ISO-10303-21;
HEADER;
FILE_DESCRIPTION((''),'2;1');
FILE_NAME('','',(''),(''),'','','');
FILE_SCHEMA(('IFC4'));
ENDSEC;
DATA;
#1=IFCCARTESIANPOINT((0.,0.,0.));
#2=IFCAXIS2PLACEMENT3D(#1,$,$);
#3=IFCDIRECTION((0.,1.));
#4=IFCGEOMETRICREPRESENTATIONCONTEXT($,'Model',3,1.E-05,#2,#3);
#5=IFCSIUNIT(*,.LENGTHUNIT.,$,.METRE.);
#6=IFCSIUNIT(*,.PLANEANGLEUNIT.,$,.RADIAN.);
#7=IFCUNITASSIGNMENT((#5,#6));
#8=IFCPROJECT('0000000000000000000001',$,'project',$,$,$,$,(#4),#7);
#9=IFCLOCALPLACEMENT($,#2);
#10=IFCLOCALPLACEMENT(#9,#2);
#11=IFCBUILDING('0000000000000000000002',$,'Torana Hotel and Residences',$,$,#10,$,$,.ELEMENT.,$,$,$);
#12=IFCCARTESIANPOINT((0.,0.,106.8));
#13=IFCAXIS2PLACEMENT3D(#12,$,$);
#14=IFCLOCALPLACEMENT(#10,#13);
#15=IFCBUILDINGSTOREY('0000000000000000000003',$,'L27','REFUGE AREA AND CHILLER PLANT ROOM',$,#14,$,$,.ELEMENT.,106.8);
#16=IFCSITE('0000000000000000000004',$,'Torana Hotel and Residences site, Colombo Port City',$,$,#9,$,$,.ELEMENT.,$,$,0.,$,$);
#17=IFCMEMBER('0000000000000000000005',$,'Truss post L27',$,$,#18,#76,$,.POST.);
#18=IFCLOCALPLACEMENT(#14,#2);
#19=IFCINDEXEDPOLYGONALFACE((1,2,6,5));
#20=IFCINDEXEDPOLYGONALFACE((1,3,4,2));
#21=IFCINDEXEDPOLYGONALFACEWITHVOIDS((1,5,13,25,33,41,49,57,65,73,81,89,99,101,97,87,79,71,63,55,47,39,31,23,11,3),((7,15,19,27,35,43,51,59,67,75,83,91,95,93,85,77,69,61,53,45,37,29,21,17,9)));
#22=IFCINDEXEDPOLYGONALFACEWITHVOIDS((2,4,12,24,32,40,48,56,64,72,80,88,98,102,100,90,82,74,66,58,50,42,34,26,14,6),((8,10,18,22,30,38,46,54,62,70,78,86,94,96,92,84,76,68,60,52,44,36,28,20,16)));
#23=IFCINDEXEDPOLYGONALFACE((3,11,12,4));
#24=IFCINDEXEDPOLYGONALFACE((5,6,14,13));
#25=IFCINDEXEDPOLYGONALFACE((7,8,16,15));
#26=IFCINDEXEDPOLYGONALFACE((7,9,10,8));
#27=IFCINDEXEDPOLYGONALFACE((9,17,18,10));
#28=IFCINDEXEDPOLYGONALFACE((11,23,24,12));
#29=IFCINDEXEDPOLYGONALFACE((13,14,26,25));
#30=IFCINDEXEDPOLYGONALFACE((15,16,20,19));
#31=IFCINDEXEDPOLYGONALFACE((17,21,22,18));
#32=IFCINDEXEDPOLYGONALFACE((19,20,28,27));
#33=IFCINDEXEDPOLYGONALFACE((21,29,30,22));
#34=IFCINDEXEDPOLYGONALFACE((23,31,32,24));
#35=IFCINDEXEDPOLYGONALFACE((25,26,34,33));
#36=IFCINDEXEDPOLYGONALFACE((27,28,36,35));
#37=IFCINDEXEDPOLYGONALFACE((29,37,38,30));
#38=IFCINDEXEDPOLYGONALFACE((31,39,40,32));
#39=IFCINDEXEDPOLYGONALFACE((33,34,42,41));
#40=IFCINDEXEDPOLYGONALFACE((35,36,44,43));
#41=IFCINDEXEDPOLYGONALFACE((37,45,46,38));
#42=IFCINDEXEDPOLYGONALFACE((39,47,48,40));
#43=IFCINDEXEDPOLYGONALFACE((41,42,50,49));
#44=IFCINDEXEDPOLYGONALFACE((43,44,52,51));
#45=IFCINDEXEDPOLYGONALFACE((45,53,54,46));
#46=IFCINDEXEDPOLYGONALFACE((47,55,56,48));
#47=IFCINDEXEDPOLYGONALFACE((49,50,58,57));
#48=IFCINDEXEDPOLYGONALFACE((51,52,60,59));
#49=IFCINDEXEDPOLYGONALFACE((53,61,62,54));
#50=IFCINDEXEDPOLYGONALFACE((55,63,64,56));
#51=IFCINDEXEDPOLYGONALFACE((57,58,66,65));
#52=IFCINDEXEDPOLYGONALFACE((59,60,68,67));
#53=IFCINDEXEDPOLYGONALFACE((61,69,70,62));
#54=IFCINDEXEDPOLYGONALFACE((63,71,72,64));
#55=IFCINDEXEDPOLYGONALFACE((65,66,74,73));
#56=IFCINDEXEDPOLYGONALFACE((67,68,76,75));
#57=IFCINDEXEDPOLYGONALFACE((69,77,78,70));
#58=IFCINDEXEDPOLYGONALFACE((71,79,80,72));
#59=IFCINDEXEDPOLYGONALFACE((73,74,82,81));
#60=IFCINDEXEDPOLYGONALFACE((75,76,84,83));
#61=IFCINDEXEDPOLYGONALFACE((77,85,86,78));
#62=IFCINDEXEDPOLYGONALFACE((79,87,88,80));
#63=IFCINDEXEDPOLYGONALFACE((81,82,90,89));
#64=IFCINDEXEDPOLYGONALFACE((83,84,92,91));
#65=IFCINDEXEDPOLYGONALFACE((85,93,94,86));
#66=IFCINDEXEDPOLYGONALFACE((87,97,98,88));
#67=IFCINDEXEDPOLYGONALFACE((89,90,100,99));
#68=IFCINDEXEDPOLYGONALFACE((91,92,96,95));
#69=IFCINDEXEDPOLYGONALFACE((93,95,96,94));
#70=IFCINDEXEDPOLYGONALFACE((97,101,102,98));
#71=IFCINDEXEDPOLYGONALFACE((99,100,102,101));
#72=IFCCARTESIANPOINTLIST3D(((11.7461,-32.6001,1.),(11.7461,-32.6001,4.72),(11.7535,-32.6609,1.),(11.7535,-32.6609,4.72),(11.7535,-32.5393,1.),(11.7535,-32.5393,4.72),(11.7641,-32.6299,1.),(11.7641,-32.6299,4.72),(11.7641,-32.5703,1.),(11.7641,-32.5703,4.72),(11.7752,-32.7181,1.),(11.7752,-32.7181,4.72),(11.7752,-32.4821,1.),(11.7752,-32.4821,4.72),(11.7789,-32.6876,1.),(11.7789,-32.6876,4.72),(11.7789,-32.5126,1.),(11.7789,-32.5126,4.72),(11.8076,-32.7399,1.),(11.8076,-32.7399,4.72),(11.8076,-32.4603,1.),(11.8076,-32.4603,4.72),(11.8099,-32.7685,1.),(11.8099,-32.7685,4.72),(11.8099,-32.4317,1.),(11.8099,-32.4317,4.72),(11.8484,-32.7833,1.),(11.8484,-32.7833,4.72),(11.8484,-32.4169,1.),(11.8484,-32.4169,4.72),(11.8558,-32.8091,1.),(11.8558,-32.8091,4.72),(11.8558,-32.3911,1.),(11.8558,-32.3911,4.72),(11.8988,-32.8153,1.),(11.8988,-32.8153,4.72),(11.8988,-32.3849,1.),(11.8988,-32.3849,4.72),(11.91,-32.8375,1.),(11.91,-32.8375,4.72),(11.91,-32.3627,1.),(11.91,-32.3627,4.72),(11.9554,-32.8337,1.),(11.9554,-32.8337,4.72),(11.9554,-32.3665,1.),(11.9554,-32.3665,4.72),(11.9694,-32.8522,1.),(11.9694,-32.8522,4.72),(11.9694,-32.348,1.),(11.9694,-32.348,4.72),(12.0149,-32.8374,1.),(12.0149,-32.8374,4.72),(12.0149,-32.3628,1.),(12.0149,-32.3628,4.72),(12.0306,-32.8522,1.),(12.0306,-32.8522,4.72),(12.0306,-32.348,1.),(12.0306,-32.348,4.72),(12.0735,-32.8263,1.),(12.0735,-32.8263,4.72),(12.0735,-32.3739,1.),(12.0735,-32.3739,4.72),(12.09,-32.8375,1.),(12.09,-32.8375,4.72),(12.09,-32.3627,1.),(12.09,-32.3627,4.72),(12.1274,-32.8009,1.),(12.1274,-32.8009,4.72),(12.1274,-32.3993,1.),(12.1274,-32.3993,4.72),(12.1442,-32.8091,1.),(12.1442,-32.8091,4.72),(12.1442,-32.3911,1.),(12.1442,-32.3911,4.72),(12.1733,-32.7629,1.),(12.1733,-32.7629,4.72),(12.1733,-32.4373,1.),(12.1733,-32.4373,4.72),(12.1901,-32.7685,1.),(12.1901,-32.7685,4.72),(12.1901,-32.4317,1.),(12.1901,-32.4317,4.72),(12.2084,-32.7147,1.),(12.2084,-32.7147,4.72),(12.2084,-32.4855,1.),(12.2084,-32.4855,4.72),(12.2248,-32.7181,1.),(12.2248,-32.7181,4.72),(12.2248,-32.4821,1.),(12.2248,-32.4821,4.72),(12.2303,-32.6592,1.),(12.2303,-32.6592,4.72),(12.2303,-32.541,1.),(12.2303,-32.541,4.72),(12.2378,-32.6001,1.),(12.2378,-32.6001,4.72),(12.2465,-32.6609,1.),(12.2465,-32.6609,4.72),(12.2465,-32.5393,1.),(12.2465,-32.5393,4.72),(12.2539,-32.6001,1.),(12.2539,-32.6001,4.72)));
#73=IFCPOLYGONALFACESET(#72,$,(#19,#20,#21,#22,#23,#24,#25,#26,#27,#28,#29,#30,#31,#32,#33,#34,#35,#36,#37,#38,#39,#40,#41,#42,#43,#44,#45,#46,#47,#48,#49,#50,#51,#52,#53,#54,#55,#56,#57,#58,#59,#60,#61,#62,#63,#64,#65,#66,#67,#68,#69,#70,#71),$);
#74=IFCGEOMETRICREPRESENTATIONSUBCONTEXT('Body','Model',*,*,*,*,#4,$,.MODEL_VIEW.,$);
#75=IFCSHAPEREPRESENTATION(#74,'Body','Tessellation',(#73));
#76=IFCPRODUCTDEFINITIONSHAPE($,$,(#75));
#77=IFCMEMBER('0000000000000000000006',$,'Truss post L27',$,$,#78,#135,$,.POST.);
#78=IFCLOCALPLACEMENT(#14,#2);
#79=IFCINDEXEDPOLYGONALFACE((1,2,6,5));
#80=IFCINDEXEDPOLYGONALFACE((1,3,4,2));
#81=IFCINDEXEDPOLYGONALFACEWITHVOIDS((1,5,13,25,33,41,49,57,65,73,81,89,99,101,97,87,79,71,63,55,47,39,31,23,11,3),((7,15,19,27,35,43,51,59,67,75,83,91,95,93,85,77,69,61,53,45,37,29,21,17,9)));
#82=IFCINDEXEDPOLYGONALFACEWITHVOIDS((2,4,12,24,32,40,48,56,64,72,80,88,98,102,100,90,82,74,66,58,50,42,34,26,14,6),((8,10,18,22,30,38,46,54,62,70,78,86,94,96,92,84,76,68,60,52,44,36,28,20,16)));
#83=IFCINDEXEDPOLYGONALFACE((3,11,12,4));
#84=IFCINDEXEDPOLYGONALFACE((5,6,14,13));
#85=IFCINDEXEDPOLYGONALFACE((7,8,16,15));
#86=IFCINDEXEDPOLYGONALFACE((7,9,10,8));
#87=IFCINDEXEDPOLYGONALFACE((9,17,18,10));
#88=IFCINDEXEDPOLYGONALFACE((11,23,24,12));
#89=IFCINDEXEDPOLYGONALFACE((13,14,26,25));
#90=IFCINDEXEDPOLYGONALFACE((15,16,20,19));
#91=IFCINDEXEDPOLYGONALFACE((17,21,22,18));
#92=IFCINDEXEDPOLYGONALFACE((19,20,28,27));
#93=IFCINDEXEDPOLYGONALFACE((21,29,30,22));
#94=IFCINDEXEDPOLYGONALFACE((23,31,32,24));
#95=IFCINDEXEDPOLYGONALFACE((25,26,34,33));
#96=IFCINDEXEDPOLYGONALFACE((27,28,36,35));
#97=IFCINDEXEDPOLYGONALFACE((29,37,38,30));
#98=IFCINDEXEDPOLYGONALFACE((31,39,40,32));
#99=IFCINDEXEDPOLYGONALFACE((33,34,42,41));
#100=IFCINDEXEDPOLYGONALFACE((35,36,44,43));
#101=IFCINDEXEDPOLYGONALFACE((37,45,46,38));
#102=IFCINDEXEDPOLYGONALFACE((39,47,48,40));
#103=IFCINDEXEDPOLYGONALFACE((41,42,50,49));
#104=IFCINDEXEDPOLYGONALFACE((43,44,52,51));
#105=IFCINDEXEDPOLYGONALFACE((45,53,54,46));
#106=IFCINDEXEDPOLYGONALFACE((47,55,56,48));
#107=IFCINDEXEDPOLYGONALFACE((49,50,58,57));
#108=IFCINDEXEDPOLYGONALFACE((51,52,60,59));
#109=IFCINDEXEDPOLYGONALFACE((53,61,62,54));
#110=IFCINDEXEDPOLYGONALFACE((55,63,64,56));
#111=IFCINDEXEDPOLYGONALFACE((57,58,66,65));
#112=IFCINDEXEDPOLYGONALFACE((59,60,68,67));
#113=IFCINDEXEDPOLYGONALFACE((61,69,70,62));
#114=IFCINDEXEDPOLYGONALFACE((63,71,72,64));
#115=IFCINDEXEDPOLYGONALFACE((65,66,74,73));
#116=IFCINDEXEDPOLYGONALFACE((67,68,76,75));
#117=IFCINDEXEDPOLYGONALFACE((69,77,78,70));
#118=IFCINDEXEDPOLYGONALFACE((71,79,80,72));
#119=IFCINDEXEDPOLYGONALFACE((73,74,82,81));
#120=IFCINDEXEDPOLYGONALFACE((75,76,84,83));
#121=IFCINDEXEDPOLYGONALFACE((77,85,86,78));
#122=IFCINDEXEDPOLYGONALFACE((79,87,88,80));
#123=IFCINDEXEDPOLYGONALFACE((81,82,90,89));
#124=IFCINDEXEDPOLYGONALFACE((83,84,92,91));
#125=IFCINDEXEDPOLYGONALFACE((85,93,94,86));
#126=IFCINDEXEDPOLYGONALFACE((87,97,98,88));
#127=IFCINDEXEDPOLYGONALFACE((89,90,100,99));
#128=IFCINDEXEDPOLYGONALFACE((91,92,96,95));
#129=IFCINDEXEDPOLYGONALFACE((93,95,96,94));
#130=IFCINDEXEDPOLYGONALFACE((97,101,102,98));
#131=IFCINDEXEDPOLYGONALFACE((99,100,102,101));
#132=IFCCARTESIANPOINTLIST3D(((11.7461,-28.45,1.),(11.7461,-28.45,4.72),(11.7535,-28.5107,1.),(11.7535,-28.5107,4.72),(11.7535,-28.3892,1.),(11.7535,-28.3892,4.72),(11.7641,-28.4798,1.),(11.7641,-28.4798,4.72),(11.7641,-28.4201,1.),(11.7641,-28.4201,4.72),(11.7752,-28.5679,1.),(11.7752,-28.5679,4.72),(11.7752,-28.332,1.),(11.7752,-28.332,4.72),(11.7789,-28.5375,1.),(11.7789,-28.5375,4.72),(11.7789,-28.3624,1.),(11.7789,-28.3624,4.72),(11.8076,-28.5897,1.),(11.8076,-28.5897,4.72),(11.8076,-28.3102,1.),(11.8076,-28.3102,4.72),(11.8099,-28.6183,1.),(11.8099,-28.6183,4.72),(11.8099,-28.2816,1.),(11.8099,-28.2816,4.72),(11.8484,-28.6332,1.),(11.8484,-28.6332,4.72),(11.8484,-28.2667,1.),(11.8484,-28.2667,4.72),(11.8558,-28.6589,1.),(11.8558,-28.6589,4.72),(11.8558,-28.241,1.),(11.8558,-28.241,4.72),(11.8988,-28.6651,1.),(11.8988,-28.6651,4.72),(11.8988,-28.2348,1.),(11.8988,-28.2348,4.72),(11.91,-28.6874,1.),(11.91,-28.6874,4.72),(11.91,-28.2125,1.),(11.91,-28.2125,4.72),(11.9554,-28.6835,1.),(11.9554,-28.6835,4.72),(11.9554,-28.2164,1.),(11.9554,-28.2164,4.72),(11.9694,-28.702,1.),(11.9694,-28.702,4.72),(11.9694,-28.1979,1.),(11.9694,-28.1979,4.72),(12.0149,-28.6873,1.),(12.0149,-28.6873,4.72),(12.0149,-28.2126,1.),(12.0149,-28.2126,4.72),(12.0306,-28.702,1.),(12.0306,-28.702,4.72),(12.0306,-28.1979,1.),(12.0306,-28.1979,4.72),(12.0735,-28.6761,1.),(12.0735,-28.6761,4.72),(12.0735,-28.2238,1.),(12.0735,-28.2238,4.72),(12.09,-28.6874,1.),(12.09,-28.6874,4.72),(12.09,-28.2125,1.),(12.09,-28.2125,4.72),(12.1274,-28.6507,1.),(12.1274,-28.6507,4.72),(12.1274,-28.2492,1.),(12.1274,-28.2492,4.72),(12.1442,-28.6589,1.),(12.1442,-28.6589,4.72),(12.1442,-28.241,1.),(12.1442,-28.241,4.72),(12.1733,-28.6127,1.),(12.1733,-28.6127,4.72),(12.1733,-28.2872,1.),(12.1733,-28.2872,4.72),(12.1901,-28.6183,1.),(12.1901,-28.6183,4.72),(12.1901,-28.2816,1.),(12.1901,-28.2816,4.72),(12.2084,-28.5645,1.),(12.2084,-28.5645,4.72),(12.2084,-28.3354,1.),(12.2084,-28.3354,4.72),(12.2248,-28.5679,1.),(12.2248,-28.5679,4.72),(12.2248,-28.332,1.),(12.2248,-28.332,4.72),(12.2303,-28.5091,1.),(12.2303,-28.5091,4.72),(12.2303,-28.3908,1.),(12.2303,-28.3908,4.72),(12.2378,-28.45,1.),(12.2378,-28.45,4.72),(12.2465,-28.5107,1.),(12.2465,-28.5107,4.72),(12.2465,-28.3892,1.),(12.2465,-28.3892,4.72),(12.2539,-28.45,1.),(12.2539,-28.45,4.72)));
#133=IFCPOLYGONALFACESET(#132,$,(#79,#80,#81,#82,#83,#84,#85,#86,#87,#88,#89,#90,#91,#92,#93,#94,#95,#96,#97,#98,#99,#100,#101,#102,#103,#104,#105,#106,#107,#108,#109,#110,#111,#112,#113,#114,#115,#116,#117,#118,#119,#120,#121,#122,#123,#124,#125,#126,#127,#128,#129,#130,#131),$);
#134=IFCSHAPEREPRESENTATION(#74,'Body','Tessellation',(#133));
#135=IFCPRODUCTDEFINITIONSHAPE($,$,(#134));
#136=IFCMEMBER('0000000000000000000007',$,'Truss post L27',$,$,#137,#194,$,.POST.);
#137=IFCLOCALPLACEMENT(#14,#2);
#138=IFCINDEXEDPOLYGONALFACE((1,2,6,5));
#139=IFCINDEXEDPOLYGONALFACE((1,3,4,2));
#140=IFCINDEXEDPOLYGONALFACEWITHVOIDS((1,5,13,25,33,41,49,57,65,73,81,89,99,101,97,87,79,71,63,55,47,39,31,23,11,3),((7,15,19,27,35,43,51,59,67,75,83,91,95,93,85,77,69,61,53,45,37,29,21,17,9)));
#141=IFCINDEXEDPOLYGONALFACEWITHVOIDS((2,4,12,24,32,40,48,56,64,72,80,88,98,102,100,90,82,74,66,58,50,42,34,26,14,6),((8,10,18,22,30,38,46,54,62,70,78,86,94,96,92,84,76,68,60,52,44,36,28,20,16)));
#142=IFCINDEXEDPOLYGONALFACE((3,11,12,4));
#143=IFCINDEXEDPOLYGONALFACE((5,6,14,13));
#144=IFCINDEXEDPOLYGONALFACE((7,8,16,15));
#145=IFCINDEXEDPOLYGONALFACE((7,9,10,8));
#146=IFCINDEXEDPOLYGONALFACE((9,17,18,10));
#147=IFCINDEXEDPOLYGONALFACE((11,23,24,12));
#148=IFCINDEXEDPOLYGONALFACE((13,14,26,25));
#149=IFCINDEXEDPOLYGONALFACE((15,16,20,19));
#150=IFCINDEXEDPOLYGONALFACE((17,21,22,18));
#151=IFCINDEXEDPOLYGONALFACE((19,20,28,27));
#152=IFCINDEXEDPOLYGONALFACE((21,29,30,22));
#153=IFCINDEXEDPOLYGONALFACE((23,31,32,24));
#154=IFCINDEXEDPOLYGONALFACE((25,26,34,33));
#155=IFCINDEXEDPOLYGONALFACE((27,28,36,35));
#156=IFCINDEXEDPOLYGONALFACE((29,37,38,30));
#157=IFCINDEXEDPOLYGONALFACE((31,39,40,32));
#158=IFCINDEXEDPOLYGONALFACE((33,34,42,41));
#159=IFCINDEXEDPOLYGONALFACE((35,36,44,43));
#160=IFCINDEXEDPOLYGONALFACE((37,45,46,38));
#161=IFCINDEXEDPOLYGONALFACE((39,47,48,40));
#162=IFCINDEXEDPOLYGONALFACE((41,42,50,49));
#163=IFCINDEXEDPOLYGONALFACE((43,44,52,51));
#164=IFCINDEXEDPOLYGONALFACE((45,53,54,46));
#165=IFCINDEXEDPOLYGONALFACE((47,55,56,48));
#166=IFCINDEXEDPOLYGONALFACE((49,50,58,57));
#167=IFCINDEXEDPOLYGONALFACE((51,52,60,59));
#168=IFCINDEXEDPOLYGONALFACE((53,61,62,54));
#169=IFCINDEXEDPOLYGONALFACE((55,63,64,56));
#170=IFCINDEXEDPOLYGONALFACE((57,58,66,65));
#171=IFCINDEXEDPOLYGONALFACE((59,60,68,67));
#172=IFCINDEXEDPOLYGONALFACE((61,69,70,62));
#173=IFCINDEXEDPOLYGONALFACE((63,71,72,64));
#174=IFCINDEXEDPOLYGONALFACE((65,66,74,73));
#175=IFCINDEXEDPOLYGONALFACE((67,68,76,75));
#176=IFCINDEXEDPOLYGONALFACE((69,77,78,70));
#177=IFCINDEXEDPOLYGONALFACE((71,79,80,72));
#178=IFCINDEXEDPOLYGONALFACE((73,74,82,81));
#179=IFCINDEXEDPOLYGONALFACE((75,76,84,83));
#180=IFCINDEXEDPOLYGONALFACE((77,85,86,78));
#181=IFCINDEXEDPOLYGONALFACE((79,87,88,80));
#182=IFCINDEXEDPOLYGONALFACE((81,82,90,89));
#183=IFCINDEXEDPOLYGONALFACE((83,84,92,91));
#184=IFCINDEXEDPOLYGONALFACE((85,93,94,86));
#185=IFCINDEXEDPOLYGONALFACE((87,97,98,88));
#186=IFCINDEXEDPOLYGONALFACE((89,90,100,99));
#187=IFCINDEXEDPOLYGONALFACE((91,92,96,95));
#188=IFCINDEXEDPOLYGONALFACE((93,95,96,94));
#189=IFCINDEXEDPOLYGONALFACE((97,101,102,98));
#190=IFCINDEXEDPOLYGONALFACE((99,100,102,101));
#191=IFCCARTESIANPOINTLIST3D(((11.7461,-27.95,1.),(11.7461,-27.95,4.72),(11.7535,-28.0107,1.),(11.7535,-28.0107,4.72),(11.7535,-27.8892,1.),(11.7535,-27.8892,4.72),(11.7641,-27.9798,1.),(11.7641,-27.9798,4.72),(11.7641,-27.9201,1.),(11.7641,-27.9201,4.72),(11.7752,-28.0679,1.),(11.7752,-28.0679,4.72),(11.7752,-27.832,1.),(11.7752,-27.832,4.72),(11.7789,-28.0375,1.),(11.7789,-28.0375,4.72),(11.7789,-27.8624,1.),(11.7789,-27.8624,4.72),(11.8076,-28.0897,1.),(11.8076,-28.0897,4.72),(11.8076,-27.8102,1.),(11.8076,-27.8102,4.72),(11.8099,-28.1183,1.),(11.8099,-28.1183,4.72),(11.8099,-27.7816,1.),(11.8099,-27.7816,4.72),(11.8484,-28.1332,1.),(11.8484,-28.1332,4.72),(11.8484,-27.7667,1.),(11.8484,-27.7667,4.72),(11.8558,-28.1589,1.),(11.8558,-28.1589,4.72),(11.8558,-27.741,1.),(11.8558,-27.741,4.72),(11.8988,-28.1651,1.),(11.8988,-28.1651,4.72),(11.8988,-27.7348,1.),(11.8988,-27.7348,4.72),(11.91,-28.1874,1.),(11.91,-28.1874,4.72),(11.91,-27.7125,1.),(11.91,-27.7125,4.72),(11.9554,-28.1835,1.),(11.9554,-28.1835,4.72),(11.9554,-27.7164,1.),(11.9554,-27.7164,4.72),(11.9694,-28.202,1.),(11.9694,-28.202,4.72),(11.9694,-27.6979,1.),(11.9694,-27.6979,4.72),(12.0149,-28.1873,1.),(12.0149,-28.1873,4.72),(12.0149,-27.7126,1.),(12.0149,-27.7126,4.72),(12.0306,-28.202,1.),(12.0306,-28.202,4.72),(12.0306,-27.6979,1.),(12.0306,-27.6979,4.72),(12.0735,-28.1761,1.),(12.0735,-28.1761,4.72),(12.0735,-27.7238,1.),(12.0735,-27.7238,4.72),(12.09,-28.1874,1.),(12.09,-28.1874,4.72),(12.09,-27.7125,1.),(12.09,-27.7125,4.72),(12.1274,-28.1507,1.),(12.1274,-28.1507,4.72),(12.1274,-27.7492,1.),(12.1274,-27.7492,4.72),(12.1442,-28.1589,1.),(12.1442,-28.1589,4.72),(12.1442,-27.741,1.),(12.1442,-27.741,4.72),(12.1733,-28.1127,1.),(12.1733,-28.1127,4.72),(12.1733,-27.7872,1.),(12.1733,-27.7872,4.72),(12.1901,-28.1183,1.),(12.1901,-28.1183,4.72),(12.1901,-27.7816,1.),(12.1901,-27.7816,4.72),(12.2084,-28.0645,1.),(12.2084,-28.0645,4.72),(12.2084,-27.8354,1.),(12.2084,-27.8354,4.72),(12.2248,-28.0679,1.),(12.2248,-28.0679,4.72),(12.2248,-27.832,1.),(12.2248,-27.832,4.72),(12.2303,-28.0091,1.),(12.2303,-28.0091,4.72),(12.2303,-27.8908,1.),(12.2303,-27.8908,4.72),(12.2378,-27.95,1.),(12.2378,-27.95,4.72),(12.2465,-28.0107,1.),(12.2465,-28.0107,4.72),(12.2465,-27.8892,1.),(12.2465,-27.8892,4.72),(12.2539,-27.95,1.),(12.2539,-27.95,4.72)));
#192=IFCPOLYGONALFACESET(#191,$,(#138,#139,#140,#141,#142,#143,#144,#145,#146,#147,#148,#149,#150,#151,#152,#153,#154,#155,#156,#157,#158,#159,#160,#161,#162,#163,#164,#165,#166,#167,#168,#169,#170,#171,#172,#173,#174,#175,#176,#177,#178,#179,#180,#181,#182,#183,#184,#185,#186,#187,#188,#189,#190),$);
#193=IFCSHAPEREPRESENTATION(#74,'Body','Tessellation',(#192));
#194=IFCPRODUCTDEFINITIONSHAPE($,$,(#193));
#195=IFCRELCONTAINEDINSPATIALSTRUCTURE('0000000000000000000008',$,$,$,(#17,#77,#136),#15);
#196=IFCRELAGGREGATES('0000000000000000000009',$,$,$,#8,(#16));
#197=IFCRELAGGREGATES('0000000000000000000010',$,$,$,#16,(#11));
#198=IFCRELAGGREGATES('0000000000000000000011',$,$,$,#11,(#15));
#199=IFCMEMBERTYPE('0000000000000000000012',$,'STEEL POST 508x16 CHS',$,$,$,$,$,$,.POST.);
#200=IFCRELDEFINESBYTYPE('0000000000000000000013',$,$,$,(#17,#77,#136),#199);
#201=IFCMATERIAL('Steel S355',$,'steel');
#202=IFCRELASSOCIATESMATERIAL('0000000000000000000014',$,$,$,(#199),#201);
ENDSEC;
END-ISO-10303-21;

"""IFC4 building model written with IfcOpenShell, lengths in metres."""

from ifc_helpers import new_model, si_unit, direction, frame, origin, origin_2d, place, context, subcontext, project, spatial, hollow_circle, extrude, material, material_profile, profile_set, type_object, element, save


model = new_model("IFC4")

# Units and contexts
model_context = context("Model", 3, precision=1e-05, world=origin(), true_north=direction((0.0, 1.0)))
body_context = subcontext(model_context, "Body", "Model", "MODEL_VIEW")
ifc_project = project(units=[si_unit("LENGTHUNIT", "METRE"), si_unit("PLANEANGLEUNIT", "RADIAN")], contexts=[model_context])

# Site, building, storey
site_placement = place(None, origin())
site = spatial("IfcSite", under=ifc_project, at=site_placement, Name="Torana Hotel and Residences site, Colombo Port City", CompositionType="ELEMENT", RefElevation=0.0)
building_placement = place(site_placement, origin())
building = spatial("IfcBuilding", under=site, at=building_placement, Name="Torana Hotel and Residences", CompositionType="ELEMENT")
storey_placement = place(building_placement, frame((0.0, 0.0, 106.8)))
storey = spatial("IfcBuildingStorey", under=building, at=storey_placement, Name="L27", Description="REFUGE AREA AND CHILLER PLANT ROOM", CompositionType="ELEMENT", Elevation=106.8)

# Members
ifc_material_1 = material(Name="Steel S355", Category="steel")
ifc_material_profile_1 = material_profile(ifc_material_1, hollow_circle(Radius=0.2539, WallThickness=0.0161, at=origin_2d()), Name="508x16 CHS")
ifc_profile_set_1 = profile_set([ifc_material_profile_1], Name="Steel S355")
member_type_1 = type_object("IfcMemberType", Name="STEEL POST 508x16 CHS", PredefinedType="POST", material=ifc_profile_set_1)
for number, where, z_axis, x_axis, name in (
    (1, (12.0, -32.6001, 1.0), (0.0, 0.0, 1.0), (1.0, 0.0, 0.0), "Truss post L27"),
    (2, (12.0, -28.45, 1.0), (0.0, 0.0, 1.0), (1.0, 0.0, 0.0), "Truss post L27"),
    (3, (12.0, -27.95, 1.0), (0.0, 0.0, 1.0), (1.0, 0.0, 0.0), "Truss post L27"),
):
    element("IfcMember", number, at=place(storey_placement, frame(where, z_axis=z_axis, x_axis=x_axis)), inside=storey, type_object=member_type_1, Name=name, PredefinedType="POST", context=body_context, shape_type="SweptSolid", body=[
        extrude(hollow_circle(Radius=0.2539, WallThickness=0.0161, at=origin_2d()), origin(), (0.0, 0.0, 1.0), 3.72),
    ])

save(model, "model.ifc")
